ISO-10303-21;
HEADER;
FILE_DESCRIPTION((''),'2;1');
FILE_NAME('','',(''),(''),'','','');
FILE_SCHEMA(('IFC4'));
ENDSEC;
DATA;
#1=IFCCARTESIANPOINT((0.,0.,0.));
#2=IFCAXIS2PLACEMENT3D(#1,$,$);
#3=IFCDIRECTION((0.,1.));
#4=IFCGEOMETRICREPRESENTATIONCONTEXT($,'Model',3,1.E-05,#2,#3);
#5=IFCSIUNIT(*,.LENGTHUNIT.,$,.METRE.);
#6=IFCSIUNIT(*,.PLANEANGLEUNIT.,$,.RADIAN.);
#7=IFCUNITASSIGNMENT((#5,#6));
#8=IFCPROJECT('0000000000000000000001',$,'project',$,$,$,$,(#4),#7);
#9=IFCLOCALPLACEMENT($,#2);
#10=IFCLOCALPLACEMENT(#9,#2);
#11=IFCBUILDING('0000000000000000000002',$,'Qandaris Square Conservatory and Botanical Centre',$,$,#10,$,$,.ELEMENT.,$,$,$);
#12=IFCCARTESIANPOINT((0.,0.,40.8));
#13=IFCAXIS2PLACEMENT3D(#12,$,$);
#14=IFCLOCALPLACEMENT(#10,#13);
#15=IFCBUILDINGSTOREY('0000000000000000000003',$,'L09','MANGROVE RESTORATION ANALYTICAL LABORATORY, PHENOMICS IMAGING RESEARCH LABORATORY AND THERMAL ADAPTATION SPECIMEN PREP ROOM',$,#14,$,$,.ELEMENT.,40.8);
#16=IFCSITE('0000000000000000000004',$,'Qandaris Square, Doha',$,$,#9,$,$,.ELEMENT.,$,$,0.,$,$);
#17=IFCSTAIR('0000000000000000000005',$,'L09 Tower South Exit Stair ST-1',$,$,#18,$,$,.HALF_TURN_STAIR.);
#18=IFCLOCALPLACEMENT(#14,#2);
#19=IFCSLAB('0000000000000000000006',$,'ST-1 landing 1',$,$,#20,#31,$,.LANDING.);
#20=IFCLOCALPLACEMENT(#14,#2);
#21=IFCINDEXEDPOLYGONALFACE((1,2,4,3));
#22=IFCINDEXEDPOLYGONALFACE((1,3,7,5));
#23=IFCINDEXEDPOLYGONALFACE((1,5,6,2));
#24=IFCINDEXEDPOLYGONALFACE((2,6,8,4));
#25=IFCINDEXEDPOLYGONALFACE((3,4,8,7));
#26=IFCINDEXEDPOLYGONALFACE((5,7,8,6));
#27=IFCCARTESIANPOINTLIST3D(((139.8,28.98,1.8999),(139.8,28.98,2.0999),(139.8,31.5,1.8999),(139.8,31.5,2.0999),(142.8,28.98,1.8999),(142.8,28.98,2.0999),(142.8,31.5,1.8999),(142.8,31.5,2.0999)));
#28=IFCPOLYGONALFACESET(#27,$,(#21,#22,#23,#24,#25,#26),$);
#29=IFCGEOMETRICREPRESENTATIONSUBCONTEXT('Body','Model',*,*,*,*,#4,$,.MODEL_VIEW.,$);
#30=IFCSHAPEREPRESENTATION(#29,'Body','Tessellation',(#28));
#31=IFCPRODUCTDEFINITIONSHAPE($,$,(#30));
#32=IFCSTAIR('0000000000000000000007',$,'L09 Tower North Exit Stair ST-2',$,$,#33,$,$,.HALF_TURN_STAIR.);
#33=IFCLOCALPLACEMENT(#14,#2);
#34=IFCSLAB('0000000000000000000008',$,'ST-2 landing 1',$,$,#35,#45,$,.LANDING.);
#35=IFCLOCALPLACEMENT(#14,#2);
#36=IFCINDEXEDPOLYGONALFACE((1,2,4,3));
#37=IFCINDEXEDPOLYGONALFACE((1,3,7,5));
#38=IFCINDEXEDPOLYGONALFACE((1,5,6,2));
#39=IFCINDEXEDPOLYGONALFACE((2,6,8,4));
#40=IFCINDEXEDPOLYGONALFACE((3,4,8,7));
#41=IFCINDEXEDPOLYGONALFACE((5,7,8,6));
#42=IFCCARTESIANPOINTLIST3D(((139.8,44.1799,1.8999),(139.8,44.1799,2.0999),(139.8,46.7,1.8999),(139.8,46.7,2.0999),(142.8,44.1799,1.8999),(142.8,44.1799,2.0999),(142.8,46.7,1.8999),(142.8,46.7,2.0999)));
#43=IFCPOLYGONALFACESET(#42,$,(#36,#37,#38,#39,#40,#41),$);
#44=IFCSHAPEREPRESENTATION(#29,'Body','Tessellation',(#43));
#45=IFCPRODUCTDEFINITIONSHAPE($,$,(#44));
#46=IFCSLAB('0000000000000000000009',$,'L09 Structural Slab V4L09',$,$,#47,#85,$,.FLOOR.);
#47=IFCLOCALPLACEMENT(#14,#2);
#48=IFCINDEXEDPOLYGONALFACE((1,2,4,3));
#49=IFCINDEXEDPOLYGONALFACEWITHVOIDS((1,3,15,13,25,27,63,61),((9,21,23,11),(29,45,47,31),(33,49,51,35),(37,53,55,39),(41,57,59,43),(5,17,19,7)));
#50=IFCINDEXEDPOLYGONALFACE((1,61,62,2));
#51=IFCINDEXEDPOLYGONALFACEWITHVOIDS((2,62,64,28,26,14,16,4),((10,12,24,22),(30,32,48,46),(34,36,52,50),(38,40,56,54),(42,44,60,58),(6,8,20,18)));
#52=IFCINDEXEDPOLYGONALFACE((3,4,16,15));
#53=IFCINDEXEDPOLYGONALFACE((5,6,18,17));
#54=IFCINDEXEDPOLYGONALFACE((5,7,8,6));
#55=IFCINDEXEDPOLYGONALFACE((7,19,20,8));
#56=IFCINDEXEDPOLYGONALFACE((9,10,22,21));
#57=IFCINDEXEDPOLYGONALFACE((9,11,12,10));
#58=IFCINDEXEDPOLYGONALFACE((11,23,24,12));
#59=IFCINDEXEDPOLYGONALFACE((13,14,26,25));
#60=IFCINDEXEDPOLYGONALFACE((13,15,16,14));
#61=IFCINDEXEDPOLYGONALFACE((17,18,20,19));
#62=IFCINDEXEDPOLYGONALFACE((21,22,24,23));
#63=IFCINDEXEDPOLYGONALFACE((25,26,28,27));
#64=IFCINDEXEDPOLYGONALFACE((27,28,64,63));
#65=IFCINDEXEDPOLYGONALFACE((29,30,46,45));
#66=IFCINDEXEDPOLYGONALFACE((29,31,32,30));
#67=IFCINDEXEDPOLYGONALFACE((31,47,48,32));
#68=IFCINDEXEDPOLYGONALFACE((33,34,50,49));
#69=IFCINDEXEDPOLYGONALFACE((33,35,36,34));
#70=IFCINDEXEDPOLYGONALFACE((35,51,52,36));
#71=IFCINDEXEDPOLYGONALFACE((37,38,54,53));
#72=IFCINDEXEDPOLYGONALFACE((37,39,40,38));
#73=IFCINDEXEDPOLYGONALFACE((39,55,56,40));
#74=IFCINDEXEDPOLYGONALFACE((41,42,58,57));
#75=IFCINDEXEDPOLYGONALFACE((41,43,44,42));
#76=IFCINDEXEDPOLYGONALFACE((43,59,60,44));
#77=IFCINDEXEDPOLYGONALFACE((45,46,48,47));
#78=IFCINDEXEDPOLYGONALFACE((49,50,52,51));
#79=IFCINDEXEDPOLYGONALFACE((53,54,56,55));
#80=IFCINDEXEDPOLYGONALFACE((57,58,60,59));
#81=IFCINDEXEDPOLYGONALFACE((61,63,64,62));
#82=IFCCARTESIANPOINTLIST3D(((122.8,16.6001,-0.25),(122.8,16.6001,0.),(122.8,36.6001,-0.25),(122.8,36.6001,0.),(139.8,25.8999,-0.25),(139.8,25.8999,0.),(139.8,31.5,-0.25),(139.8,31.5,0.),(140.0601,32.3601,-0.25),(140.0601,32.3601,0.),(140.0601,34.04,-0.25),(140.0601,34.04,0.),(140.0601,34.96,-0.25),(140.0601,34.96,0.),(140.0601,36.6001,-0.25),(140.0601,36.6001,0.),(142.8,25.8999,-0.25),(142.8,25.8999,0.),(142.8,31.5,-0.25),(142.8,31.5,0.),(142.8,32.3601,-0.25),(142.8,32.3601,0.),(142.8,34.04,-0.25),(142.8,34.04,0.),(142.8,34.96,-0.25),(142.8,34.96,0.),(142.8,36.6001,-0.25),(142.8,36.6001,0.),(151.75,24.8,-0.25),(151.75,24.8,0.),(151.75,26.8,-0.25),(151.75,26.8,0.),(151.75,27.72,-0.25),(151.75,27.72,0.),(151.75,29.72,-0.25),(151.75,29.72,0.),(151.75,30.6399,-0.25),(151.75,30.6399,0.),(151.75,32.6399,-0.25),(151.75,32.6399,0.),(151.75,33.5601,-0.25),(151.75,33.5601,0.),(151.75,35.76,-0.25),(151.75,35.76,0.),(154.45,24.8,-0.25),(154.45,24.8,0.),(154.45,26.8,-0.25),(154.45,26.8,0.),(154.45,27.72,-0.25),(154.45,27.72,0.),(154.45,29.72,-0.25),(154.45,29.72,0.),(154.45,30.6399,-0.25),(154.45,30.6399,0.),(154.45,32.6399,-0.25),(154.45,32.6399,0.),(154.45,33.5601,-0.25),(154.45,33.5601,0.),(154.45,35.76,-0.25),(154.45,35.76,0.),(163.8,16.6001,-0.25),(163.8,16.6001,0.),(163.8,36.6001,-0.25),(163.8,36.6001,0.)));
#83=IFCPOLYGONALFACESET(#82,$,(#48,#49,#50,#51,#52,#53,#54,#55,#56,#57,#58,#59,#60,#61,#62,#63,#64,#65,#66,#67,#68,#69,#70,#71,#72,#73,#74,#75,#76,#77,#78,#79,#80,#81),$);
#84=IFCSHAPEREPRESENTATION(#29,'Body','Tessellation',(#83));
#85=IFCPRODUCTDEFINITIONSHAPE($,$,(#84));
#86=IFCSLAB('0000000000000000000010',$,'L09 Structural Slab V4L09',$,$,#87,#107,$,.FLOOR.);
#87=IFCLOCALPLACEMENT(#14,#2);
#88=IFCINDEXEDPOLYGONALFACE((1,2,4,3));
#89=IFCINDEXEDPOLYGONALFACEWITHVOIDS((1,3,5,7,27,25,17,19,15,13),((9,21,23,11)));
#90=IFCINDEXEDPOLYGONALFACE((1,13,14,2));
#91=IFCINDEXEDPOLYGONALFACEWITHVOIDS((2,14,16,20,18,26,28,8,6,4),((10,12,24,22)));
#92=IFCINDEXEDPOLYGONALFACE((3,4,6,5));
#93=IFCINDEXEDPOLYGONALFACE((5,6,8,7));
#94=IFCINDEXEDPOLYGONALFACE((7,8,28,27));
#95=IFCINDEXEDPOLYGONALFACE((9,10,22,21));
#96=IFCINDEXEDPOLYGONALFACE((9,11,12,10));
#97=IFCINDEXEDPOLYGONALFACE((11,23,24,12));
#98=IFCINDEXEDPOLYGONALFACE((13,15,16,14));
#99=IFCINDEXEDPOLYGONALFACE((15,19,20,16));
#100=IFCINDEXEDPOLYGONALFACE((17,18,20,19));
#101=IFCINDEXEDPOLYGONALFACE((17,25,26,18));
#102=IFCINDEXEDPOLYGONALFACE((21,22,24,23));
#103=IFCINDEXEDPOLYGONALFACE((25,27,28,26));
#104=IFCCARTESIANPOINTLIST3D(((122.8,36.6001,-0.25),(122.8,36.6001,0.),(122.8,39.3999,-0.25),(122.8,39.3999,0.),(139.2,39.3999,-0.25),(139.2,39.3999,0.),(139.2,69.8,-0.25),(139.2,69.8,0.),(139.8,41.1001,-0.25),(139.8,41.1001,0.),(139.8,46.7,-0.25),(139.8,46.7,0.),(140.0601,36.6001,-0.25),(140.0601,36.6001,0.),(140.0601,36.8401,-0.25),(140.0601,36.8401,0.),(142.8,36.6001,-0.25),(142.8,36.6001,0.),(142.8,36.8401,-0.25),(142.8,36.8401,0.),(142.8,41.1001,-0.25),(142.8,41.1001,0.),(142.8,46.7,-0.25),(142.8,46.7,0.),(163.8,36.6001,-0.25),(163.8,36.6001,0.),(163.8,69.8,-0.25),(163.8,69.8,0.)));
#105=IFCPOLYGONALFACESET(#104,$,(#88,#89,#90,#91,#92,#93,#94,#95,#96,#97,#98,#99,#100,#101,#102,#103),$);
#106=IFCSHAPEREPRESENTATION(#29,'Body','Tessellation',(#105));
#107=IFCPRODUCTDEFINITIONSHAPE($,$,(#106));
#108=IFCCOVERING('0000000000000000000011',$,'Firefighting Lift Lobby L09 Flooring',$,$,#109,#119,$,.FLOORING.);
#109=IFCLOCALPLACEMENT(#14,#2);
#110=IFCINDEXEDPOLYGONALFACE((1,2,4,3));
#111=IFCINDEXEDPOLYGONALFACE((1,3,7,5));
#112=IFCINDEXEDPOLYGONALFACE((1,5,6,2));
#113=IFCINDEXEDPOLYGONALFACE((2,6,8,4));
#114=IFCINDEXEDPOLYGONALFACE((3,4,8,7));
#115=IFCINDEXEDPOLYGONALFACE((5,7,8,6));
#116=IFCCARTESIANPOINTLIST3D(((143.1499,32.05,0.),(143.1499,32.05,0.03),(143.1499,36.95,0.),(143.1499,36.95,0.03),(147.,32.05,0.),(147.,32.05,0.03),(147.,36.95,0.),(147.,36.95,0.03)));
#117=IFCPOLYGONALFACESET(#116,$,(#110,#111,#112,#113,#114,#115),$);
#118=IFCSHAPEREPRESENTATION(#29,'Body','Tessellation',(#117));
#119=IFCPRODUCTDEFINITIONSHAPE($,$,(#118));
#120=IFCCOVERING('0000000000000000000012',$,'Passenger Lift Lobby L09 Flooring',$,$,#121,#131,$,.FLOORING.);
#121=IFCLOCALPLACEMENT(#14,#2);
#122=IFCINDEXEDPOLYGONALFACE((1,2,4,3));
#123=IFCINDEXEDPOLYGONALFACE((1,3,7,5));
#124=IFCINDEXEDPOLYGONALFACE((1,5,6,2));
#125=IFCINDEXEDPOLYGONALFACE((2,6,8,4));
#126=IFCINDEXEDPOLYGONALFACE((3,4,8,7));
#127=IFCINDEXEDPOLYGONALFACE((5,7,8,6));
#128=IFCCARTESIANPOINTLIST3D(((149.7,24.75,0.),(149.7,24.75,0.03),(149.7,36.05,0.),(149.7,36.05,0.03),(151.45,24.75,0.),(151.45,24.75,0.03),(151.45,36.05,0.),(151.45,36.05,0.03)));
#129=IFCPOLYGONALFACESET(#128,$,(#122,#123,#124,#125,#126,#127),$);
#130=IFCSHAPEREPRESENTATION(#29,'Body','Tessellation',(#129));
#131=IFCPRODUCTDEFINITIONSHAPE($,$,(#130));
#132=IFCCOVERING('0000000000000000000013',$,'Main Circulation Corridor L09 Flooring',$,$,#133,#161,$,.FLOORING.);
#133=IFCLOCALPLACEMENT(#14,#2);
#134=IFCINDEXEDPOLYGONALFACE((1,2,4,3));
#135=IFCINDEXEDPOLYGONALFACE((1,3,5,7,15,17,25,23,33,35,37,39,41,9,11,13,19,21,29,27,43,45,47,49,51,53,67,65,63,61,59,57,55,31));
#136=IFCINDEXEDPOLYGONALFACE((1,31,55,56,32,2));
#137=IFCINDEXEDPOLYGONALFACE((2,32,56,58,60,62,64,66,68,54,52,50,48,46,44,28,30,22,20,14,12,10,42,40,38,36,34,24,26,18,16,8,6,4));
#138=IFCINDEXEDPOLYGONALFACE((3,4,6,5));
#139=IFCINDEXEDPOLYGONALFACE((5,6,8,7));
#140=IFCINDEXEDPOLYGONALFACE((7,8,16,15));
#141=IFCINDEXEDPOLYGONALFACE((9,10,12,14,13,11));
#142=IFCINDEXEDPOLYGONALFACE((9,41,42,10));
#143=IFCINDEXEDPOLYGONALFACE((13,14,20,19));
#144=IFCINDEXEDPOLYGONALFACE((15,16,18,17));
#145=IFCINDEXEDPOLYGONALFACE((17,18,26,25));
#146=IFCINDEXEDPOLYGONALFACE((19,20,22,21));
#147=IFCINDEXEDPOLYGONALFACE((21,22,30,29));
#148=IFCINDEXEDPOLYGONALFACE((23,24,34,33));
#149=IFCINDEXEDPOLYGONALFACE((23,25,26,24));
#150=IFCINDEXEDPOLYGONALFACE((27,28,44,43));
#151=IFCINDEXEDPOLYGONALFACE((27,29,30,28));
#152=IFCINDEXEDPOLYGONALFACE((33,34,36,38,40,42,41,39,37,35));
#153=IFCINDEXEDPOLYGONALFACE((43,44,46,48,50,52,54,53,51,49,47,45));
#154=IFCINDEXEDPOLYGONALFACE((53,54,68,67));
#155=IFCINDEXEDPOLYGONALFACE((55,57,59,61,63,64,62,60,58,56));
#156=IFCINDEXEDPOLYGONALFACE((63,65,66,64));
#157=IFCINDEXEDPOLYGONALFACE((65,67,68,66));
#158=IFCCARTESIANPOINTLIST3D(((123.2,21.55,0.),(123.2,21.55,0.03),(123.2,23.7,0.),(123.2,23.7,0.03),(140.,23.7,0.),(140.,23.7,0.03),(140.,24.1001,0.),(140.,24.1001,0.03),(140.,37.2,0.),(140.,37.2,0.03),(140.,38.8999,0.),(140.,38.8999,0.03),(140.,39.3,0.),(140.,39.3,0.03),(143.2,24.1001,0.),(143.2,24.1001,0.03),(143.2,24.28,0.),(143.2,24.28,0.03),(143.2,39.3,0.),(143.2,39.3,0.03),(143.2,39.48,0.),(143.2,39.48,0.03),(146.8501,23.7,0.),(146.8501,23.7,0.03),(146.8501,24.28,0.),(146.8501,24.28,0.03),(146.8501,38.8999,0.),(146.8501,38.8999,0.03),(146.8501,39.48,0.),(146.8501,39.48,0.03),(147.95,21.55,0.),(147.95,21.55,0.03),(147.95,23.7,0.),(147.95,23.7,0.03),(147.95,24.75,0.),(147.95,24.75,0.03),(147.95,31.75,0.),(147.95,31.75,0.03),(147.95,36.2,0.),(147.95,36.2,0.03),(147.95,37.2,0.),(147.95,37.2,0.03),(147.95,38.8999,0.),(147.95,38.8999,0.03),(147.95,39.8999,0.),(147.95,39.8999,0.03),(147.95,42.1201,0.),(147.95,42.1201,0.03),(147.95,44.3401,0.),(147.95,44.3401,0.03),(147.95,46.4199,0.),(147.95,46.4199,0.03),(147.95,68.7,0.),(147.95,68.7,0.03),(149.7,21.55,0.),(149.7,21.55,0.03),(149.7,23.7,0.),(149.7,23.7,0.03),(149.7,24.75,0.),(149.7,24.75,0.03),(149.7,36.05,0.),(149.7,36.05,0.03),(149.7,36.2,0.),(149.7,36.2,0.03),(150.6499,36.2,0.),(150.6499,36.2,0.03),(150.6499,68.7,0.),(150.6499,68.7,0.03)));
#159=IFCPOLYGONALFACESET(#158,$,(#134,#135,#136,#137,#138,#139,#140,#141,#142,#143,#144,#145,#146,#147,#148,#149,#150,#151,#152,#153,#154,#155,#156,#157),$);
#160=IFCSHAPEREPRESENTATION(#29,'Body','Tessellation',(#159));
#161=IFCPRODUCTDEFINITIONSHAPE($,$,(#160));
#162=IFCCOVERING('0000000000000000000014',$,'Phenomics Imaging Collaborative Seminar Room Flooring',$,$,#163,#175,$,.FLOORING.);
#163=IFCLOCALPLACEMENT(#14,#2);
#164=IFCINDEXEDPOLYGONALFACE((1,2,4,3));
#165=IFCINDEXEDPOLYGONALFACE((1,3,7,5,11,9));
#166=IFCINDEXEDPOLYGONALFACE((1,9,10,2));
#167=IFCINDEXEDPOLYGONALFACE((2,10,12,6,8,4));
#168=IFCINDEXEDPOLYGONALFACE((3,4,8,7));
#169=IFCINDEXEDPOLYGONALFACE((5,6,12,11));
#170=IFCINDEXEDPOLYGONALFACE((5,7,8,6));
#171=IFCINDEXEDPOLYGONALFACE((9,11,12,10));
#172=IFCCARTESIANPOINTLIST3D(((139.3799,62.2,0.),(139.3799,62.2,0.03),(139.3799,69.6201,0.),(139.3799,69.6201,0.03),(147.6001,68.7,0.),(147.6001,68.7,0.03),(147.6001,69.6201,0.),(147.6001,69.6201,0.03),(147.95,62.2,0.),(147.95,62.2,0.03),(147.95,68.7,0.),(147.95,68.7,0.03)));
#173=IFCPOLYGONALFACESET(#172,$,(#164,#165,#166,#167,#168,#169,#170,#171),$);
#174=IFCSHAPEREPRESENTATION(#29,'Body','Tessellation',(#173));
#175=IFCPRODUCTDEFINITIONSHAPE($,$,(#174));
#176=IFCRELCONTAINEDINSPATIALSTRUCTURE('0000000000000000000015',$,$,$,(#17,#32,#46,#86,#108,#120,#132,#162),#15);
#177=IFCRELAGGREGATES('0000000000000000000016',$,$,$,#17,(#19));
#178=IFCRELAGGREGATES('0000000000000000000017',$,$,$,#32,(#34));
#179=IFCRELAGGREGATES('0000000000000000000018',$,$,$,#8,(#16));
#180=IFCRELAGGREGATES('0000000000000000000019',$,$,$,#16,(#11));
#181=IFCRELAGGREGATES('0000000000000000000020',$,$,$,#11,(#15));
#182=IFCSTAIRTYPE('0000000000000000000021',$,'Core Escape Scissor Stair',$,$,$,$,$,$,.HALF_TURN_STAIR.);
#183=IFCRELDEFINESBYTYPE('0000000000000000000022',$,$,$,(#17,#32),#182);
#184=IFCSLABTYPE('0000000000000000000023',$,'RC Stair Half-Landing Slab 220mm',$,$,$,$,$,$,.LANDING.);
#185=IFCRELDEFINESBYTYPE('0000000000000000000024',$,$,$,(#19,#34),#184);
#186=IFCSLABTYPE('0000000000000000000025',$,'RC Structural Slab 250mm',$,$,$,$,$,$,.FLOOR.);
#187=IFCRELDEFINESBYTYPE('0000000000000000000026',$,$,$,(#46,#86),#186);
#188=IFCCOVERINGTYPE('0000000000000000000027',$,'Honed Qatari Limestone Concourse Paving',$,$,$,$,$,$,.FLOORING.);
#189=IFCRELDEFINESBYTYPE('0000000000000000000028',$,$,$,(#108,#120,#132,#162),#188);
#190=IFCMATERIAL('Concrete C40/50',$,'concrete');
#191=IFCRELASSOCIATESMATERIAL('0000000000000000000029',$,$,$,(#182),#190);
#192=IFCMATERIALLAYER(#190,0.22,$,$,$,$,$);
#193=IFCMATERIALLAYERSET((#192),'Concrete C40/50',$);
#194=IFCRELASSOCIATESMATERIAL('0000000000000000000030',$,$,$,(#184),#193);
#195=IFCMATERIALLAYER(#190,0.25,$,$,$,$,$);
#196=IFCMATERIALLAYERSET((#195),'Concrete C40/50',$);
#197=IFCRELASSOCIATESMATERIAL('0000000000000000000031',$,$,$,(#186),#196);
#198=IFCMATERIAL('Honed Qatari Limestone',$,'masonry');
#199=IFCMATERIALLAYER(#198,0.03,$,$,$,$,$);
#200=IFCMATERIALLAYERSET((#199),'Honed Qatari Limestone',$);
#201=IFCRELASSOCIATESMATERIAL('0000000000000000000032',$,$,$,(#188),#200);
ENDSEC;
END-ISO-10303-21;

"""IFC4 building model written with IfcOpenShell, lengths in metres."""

from ifc_helpers import new_model, si_unit, direction, frame, origin, place, context, subcontext, project, spatial, polyline, outline, extrude, material, layer, layer_set, type_object, element, aggregate, save


model = new_model("IFC4")

# Units and contexts
model_context = context("Model", 3, precision=1e-05, world=origin(), true_north=direction((0.0, 1.0)))
body_context = subcontext(model_context, "Body", "Model", "MODEL_VIEW")
ifc_project = project(units=[si_unit("LENGTHUNIT", "METRE"), si_unit("PLANEANGLEUNIT", "RADIAN")], contexts=[model_context])

# Site, building, storey
site_placement = place(None, origin())
site = spatial("IfcSite", under=ifc_project, at=site_placement, Name="Qandaris Square, Doha", CompositionType="ELEMENT", RefElevation=0.0)
building_placement = place(site_placement, origin())
building = spatial("IfcBuilding", under=site, at=building_placement, Name="Qandaris Square Conservatory and Botanical Centre", CompositionType="ELEMENT")
storey_placement = place(building_placement, frame((0.0, 0.0, 40.8)))
storey = spatial("IfcBuildingStorey", under=building, at=storey_placement, Name="L09", Description="MANGROVE RESTORATION ANALYTICAL LABORATORY, PHENOMICS IMAGING RESEARCH LABORATORY AND THERMAL ADAPTATION SPECIMEN PREP ROOM", CompositionType="ELEMENT", Elevation=40.8)

# Stairs, slabs
ifc_material_1 = material(Name="Concrete C40/50", Category="concrete")
stair_type = type_object("IfcStairType", Name="Core Escape Scissor Stair", PredefinedType="HALF_TURN_STAIR", material=ifc_material_1)
stair_1_placement = place(storey_placement, origin())
stair_1 = element("IfcStair", 1, at=stair_1_placement, inside=storey, type_object=stair_type, Name="L09 Tower South Exit Stair ST-1", PredefinedType="HALF_TURN_STAIR")
ifc_layer_1 = layer(ifc_material_1, 0.22)
ifc_layer_set_1 = layer_set([ifc_layer_1], Name="Concrete C40/50")
slab_type_1 = type_object("IfcSlabType", Name="RC Stair Half-Landing Slab 220mm", PredefinedType="LANDING", material=ifc_layer_set_1)
slab_1_placement = place(storey_placement, frame((0.0, 0.0, 1.8999)))
slab_1 = element("IfcSlab", 2, at=slab_1_placement, type_object=slab_type_1, Name="ST-1 landing 1", PredefinedType="LANDING", context=body_context, shape_type="SweptSolid", body=[
    extrude(outline(polyline([(142.8, 28.98), (142.8, 31.5), (139.8, 31.5), (139.8, 28.98), (142.8, 28.98)])), origin(), (0.0, 0.0, 1.0), 0.2),
])
aggregate(stair_1, [slab_1])
stair_2_placement = place(storey_placement, origin())
stair_2 = element("IfcStair", 3, at=stair_2_placement, inside=storey, type_object=stair_type, Name="L09 Tower North Exit Stair ST-2", PredefinedType="HALF_TURN_STAIR")
slab_2_placement = place(storey_placement, frame((0.0, 0.0, 1.8999)))
slab_2 = element("IfcSlab", 4, at=slab_2_placement, type_object=slab_type_1, Name="ST-2 landing 1", PredefinedType="LANDING", context=body_context, shape_type="SweptSolid", body=[
    extrude(outline(polyline([(142.8, 44.1799), (142.8, 46.7), (139.8, 46.7), (139.8, 44.1799), (142.8, 44.1799)])), origin(), (0.0, 0.0, 1.0), 0.2),
])
aggregate(stair_2, [slab_2])

# Slabs
ifc_layer_2 = layer(ifc_material_1, 0.25)
ifc_layer_set_2 = layer_set([ifc_layer_2], Name="Concrete C40/50")
slab_type_2 = type_object("IfcSlabType", Name="RC Structural Slab 250mm", PredefinedType="FLOOR", material=ifc_layer_set_2)
slab_3_placement = place(storey_placement, frame((0.0, 0.0, -0.25)))
element("IfcSlab", 5, at=slab_3_placement, inside=storey, type_object=slab_type_2, Name="L09 Structural Slab V4L09", PredefinedType="FLOOR", context=body_context, shape_type="SweptSolid", body=[
    extrude(outline(polyline([(163.8, 16.6001), (122.8, 16.6001), (122.8, 36.6001), (140.0601, 36.6001), (140.0601, 34.96), (142.8, 34.96), (142.8, 36.6001), (163.8, 36.6001), (163.8, 16.6001)]), holes=[polyline([(151.75, 24.8), (154.45, 24.8), (154.45, 26.8), (151.75, 26.8), (151.75, 24.8)]), polyline([(139.8, 25.8999), (142.8, 25.8999), (142.8, 31.5), (139.8, 31.5), (139.8, 25.8999)]), polyline([(151.75, 27.72), (154.45, 27.72), (154.45, 29.72), (151.75, 29.72), (151.75, 27.72)]), polyline([(151.75, 30.6399), (154.45, 30.6399), (154.45, 32.6399), (151.75, 32.6399), (151.75, 30.6399)]), polyline([(140.0601, 32.3601), (142.8, 32.3601), (142.8, 34.04), (140.0601, 34.04), (140.0601, 32.3601)]), polyline([(151.75, 33.5601), (154.45, 33.5601), (154.45, 35.76), (151.75, 35.76), (151.75, 33.5601)])]), origin(), (0.0, 0.0, 1.0), 0.25),
])
slab_4_placement = place(storey_placement, frame((0.0, 0.0, -0.25)))
element("IfcSlab", 6, at=slab_4_placement, inside=storey, type_object=slab_type_2, Name="L09 Structural Slab V4L09", PredefinedType="FLOOR", context=body_context, shape_type="SweptSolid", body=[
    extrude(outline(polyline([(139.2, 39.3999), (139.2, 69.8), (163.8, 69.8), (163.8, 36.6001), (142.8, 36.6001), (142.8, 36.8401), (140.0601, 36.8401), (140.0601, 36.6001), (122.8, 36.6001), (122.8, 39.3999), (139.2, 39.3999)]), holes=[polyline([(139.8, 41.1001), (142.8, 41.1001), (142.8, 46.7), (139.8, 46.7), (139.8, 41.1001)])]), origin(), (0.0, 0.0, 1.0), 0.25),
])

# Coverings
ifc_material_2 = material(Name="Honed Qatari Limestone", Category="masonry")
ifc_layer_3 = layer(ifc_material_2, 0.03)
ifc_layer_set_3 = layer_set([ifc_layer_3], Name="Honed Qatari Limestone")
covering_type_1 = type_object("IfcCoveringType", Name="Honed Qatari Limestone Concourse Paving", PredefinedType="FLOORING", material=ifc_layer_set_3)
covering_1_placement = place(storey_placement, origin())
element("IfcCovering", 7, at=covering_1_placement, inside=storey, type_object=covering_type_1, Name="Firefighting Lift Lobby L09 Flooring", PredefinedType="FLOORING", context=body_context, shape_type="SweptSolid", body=[
    extrude(outline(polyline([(143.1499, 36.95), (147.0, 36.95), (147.0, 32.05), (143.1499, 32.05), (143.1499, 36.95)])), origin(), (0.0, 0.0, 1.0), 0.03),
])
covering_2_placement = place(storey_placement, origin())
element("IfcCovering", 8, at=covering_2_placement, inside=storey, type_object=covering_type_1, Name="Passenger Lift Lobby L09 Flooring", PredefinedType="FLOORING", context=body_context, shape_type="SweptSolid", body=[
    extrude(outline(polyline([(149.7, 36.05), (151.45, 36.05), (151.45, 24.75), (149.7, 24.75), (149.7, 36.05)])), origin(), (0.0, 0.0, 1.0), 0.03),
])
covering_3_placement = place(storey_placement, origin())
element("IfcCovering", 9, at=covering_3_placement, inside=storey, type_object=covering_type_1, Name="Main Circulation Corridor L09 Flooring", PredefinedType="FLOORING", context=body_context, shape_type="SweptSolid", body=[
    extrude(outline(polyline([(140.0, 24.1001), (143.2, 24.1001), (143.2, 24.28), (146.8501, 24.28), (146.8501, 23.7), (147.95, 23.7), (147.95, 24.75), (147.95, 31.75), (147.95, 36.2), (147.95, 37.2), (140.0, 37.2), (140.0, 38.8999), (140.0, 39.3), (143.2, 39.3), (143.2, 39.48), (146.8501, 39.48), (146.8501, 38.8999), (147.95, 38.8999), (147.95, 39.8999), (147.95, 42.1201), (147.95, 44.3401), (147.95, 46.4199), (147.95, 68.7), (150.6499, 68.7), (150.6499, 36.2), (149.7, 36.2), (149.7, 36.05), (149.7, 24.75), (149.7, 23.7), (149.7, 21.55), (147.95, 21.55), (123.2, 21.55), (123.2, 23.7), (140.0, 23.7), (140.0, 24.1001)])), origin(), (0.0, 0.0, 1.0), 0.03),
])
covering_4_placement = place(storey_placement, origin())
element("IfcCovering", 10, at=covering_4_placement, inside=storey, type_object=covering_type_1, Name="Phenomics Imaging Collaborative Seminar Room Flooring", PredefinedType="FLOORING", context=body_context, shape_type="SweptSolid", body=[
    extrude(outline(polyline([(147.95, 62.2), (139.3799, 62.2), (139.3799, 69.6201), (147.6001, 69.6201), (147.6001, 68.7), (147.95, 68.7), (147.95, 62.2)])), origin(), (0.0, 0.0, 1.0), 0.03),
])

save(model, "model.ifc")
